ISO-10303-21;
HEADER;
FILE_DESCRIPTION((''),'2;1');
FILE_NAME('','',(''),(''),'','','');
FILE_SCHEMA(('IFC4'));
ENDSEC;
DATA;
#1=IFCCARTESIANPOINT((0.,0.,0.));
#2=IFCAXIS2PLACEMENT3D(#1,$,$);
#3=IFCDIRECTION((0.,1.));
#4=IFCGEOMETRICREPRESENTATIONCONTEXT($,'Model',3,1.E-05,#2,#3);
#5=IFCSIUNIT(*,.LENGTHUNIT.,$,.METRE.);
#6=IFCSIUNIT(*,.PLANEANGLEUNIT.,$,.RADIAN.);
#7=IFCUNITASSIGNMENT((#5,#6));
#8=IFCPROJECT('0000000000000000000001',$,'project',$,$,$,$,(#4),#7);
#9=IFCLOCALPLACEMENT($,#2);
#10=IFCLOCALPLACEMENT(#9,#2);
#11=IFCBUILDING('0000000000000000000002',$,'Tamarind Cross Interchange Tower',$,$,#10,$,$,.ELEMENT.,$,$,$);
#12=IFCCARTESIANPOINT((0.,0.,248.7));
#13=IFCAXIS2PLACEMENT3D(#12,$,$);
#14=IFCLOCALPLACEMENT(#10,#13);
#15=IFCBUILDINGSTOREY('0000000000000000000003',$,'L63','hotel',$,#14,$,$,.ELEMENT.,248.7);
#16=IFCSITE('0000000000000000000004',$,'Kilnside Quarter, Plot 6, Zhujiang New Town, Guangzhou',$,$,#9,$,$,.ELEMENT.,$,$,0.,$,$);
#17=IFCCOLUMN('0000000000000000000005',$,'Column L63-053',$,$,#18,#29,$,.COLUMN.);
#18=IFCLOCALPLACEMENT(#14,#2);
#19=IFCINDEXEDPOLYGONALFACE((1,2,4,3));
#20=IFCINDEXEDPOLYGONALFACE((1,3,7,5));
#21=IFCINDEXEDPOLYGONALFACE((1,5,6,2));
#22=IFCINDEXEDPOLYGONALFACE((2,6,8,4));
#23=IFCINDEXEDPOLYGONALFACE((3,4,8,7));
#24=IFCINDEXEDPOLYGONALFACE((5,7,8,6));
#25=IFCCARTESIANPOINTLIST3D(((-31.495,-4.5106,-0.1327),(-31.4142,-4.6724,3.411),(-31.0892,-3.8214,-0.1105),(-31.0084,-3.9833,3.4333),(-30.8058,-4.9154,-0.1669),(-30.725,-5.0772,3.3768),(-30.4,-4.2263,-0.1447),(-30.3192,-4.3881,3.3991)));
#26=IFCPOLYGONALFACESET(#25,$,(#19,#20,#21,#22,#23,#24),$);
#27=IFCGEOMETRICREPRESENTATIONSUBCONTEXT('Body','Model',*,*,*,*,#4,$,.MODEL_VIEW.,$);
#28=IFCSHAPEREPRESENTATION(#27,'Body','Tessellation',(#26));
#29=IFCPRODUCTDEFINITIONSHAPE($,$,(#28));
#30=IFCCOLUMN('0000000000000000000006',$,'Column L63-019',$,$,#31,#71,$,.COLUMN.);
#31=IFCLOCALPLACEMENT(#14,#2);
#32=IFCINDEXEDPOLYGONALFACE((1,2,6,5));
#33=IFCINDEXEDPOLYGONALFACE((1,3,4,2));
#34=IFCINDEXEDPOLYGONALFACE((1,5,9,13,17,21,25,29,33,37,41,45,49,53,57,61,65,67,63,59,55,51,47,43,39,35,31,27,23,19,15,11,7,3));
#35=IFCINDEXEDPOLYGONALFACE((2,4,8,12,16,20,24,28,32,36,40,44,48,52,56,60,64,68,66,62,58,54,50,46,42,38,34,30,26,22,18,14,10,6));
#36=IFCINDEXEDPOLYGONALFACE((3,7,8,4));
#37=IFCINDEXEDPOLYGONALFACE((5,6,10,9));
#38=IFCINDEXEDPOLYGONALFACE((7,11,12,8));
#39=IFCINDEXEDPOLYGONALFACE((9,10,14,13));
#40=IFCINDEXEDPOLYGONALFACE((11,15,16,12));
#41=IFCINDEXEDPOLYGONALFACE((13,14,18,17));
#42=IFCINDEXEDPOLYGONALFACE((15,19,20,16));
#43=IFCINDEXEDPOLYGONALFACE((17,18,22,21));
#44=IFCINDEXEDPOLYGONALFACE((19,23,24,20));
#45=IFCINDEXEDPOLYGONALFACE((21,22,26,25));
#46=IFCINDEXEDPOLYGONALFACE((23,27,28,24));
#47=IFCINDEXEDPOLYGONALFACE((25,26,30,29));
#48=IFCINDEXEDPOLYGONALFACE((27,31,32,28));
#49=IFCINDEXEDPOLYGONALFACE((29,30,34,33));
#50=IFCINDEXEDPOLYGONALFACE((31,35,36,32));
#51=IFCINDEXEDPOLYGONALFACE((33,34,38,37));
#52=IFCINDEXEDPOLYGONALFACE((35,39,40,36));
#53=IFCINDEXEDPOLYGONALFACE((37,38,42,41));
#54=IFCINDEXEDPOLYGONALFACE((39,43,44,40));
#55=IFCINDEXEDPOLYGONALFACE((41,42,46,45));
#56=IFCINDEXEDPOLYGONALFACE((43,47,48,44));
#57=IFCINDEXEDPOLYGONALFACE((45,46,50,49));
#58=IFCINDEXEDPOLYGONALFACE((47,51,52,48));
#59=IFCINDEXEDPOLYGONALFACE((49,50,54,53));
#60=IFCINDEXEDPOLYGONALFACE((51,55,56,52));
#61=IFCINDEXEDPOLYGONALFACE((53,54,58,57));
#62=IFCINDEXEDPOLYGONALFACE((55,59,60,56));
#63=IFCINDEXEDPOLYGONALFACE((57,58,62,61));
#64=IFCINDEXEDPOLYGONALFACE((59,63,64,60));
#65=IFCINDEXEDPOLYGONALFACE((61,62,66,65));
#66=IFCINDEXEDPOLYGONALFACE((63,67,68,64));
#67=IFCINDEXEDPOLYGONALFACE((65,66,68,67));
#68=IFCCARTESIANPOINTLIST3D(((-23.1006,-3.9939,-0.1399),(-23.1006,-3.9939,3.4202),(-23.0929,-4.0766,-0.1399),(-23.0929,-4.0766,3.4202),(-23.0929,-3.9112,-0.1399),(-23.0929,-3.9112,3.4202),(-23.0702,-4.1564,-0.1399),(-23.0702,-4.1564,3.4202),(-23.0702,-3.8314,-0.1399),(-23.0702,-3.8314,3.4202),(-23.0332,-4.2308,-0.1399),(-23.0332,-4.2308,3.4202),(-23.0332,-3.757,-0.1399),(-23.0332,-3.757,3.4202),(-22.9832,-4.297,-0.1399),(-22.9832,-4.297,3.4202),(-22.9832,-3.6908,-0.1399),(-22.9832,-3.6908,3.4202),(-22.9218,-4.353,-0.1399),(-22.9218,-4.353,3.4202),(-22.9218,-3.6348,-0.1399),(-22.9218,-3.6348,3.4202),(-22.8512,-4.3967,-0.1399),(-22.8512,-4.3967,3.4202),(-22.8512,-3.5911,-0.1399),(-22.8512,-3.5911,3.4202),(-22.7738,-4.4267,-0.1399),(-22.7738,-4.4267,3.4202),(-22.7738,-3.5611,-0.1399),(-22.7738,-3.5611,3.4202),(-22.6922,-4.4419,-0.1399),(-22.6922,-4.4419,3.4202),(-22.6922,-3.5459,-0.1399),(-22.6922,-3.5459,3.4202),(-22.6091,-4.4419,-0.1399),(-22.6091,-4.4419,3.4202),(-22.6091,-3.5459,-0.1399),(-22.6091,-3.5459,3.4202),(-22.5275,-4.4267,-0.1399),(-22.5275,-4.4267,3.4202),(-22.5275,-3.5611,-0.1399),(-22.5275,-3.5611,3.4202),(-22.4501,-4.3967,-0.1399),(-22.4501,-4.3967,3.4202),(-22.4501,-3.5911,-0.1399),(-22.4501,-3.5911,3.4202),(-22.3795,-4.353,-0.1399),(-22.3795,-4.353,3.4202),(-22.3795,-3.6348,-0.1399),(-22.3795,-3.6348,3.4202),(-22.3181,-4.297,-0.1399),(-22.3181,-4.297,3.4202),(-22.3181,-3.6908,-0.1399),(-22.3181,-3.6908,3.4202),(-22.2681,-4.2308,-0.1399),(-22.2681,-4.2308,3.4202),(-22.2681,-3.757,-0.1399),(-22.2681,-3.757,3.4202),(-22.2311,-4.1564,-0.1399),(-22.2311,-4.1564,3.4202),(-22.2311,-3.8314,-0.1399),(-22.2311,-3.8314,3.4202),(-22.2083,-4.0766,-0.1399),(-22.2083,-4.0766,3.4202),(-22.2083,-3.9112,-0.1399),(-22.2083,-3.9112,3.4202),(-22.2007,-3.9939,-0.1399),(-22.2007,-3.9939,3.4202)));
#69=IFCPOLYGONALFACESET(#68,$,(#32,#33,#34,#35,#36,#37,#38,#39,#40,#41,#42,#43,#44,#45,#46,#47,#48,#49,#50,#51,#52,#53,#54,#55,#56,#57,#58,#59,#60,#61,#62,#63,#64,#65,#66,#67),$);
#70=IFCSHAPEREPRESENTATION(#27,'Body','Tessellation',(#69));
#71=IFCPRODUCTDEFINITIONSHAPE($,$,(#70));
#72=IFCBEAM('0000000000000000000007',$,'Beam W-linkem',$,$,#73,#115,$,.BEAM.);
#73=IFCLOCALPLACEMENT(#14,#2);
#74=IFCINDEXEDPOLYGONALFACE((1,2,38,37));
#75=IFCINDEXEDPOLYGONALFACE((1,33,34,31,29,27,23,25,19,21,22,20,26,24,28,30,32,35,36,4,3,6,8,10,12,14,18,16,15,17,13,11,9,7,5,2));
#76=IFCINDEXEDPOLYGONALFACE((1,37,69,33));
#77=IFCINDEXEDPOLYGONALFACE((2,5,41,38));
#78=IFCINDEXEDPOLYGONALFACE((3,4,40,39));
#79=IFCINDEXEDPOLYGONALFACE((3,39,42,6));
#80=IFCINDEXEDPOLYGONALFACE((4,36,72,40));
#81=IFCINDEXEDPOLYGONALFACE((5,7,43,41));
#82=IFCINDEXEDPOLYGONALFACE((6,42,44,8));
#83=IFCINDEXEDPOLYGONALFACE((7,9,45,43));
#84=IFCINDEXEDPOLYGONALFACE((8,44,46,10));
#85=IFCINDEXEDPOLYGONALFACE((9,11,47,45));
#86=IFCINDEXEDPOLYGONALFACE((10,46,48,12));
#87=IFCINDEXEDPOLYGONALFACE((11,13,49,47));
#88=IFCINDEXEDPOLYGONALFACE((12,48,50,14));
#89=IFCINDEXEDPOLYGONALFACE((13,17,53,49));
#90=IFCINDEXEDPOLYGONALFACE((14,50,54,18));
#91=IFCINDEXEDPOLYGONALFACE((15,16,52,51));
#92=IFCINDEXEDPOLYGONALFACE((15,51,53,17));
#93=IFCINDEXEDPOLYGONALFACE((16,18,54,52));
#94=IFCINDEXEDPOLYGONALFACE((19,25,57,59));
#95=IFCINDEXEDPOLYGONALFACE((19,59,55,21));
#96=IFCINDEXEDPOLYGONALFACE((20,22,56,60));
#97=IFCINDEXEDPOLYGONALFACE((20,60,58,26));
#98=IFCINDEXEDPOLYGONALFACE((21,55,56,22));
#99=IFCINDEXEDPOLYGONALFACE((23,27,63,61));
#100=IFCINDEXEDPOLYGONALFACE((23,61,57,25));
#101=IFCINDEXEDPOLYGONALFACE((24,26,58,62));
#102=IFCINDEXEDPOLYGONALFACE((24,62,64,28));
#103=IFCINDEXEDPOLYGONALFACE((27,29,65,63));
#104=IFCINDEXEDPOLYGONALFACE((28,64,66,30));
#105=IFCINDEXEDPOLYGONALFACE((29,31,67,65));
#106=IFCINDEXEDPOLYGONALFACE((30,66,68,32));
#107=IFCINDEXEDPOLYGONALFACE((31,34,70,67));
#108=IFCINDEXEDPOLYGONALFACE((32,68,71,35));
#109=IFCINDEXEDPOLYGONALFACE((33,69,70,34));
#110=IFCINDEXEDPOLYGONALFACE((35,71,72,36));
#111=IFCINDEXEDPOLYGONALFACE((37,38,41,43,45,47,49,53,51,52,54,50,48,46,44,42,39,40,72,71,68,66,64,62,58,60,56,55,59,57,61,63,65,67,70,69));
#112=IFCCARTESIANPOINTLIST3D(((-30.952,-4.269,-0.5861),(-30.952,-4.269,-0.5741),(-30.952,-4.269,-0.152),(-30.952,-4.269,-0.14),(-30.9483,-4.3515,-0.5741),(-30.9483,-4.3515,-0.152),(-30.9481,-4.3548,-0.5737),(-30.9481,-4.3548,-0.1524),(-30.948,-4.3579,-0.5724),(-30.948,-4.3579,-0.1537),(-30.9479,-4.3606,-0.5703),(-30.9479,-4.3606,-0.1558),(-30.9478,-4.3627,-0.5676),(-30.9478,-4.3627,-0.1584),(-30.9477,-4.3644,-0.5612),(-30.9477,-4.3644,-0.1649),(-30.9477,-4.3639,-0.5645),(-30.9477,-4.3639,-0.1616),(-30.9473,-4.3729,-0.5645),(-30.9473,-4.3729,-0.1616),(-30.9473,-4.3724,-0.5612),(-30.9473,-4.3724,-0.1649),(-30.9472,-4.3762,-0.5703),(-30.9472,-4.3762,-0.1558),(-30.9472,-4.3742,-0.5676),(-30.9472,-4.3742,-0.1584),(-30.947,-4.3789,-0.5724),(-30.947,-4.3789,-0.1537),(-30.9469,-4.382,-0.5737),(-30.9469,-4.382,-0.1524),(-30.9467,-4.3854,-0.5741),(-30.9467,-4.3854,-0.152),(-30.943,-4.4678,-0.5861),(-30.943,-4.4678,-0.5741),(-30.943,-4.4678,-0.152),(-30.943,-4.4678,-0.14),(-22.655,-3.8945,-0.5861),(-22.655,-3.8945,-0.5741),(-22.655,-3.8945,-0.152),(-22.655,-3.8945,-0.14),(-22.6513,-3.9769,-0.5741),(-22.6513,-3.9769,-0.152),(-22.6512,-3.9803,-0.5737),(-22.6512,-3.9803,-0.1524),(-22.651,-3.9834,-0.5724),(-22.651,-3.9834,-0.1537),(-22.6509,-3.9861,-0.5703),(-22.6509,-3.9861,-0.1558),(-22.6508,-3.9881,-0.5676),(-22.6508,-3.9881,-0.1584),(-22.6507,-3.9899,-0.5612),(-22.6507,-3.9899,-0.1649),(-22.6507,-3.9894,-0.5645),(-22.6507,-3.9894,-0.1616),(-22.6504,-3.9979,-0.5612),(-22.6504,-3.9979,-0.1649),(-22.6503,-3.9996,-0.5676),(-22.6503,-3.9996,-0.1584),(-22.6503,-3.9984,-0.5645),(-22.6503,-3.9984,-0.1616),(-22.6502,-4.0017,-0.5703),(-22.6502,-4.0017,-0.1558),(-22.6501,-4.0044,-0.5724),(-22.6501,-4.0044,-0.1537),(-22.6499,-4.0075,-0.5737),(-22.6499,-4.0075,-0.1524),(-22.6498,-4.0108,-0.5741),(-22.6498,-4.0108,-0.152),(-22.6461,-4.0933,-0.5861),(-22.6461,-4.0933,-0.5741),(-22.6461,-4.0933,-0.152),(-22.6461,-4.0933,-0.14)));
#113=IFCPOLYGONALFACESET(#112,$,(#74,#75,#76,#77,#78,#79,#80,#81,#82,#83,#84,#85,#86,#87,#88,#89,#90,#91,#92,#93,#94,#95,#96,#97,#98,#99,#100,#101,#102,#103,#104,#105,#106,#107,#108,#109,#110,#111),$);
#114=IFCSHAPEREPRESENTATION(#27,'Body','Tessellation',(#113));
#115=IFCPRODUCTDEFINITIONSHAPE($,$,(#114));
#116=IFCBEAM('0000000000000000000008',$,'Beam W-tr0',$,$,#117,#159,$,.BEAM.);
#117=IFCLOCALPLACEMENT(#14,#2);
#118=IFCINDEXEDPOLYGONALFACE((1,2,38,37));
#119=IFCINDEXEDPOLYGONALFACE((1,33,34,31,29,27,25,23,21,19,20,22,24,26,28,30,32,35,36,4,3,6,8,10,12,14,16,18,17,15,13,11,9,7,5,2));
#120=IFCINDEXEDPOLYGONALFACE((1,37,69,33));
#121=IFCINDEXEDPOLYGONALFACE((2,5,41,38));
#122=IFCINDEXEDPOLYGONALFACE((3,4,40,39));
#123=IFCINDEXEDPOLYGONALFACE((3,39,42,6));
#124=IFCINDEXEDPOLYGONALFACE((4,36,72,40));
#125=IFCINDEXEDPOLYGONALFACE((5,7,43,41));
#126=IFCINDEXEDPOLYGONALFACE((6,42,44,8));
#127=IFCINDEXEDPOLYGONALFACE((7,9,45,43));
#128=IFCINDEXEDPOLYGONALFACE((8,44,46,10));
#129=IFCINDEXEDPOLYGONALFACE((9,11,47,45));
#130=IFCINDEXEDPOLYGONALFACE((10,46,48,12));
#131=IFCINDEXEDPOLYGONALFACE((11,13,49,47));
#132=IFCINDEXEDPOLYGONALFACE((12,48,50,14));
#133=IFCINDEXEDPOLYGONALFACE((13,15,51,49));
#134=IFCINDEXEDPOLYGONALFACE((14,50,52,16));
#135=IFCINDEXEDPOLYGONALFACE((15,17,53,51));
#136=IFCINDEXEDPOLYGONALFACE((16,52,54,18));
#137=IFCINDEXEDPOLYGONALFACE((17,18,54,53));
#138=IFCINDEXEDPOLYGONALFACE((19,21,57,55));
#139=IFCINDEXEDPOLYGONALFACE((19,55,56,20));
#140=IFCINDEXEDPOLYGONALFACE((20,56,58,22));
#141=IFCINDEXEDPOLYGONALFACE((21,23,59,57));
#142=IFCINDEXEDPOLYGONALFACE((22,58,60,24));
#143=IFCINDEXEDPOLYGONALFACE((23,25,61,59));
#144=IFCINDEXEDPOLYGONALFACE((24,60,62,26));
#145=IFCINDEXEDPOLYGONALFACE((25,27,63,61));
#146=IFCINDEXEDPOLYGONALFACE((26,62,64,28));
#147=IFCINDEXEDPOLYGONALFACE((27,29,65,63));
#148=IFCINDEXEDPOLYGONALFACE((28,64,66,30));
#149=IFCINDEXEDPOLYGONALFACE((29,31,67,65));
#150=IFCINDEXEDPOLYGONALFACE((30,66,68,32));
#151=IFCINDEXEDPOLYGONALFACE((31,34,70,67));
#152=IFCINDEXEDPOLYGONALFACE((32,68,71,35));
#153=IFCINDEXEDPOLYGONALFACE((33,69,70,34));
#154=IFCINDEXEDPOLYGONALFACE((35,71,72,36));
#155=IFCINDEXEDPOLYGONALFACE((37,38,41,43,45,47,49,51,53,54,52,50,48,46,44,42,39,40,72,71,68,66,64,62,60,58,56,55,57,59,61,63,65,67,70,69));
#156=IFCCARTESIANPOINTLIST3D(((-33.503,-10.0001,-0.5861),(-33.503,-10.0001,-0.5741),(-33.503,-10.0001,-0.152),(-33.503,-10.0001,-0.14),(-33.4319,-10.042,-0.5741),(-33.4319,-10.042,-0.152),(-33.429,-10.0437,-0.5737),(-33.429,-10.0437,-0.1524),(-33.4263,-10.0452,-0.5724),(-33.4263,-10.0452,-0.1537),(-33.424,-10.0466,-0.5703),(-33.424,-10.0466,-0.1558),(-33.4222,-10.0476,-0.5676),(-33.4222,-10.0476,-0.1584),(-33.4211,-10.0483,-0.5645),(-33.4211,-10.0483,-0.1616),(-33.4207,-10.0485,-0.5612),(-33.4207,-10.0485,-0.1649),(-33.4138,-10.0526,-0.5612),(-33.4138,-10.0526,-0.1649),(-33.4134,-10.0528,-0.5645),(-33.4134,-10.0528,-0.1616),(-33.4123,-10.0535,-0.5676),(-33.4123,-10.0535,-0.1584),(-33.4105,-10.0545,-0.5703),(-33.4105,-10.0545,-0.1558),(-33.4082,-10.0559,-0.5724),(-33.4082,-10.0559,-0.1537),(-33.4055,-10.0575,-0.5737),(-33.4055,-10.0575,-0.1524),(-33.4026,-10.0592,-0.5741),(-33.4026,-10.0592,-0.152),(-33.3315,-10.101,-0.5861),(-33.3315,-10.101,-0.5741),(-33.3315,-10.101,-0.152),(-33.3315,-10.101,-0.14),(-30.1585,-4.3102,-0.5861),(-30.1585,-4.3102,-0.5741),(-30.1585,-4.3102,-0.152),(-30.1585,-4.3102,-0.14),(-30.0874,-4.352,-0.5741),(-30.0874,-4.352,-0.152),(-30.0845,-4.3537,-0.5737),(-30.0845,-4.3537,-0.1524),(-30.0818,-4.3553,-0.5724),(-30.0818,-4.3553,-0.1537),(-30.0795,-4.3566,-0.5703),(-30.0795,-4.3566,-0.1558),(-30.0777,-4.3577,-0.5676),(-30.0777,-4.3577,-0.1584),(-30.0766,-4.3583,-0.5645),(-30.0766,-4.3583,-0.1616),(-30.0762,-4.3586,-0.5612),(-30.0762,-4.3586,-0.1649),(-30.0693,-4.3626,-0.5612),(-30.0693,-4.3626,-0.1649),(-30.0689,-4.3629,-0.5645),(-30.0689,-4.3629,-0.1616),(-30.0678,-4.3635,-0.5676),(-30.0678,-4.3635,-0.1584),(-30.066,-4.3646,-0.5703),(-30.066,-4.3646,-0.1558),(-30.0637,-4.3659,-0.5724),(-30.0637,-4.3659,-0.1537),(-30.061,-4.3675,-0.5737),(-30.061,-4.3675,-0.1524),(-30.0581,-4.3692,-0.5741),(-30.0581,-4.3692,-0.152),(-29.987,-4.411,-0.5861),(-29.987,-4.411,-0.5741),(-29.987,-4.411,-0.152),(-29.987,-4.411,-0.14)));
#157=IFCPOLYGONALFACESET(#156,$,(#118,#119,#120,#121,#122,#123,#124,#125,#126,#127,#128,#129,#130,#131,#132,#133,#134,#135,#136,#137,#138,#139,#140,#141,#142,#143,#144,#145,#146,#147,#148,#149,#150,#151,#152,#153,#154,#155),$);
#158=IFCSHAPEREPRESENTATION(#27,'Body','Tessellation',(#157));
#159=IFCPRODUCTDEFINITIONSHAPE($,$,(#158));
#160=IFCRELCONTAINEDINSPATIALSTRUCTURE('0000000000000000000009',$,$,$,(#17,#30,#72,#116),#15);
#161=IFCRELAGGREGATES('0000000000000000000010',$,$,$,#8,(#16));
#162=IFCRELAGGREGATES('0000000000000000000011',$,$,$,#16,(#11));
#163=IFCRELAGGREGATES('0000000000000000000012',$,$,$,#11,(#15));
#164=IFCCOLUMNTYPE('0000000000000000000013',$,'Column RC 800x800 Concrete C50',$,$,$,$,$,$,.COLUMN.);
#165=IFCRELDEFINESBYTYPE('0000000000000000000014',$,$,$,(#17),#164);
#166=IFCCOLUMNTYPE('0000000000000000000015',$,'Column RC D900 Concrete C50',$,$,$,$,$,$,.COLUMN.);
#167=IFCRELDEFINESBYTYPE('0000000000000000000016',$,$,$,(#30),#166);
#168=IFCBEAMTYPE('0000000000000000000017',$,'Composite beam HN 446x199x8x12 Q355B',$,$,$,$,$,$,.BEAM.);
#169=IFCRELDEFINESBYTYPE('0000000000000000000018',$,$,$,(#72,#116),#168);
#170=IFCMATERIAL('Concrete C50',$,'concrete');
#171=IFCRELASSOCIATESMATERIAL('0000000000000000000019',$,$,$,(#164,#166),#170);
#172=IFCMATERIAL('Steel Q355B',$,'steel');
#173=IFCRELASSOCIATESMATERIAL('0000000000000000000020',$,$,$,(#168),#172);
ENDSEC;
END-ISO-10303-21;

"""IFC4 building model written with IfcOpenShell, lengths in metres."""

from ifc_helpers import new_model, si_unit, direction, frame, origin, origin_2d, place, context, subcontext, project, spatial, rectangle, circle, i_section, extrude, material, material_profile, profile_set, type_object, element, save


model = new_model("IFC4")

# Units and contexts
model_context = context("Model", 3, precision=1e-05, world=origin(), true_north=direction((0.0, 1.0)))
body_context = subcontext(model_context, "Body", "Model", "MODEL_VIEW")
ifc_project = project(units=[si_unit("LENGTHUNIT", "METRE"), si_unit("PLANEANGLEUNIT", "RADIAN")], contexts=[model_context])

# Site, building, storey
site_placement = place(None, origin())
site = spatial("IfcSite", under=ifc_project, at=site_placement, Name="Kilnside Quarter, Plot 6, Zhujiang New Town, Guangzhou", CompositionType="ELEMENT", RefElevation=0.0)
building_placement = place(site_placement, origin())
building = spatial("IfcBuilding", under=site, at=building_placement, Name="Tamarind Cross Interchange Tower", CompositionType="ELEMENT")
storey_placement = place(building_placement, frame((0.0, 0.0, 248.7)))
storey = spatial("IfcBuildingStorey", under=building, at=storey_placement, Name="L63", Description="hotel", CompositionType="ELEMENT", Elevation=248.7)

# Columns
ifc_material_1 = material(Name="Concrete C50", Category="concrete")
ifc_material_profile_1 = material_profile(ifc_material_1, rectangle(XDim=0.8, YDim=0.8, at=origin_2d()), Name="RC 800x800")
ifc_profile_set_1 = profile_set([ifc_material_profile_1], Name="Concrete C50")
column_type_1 = type_object("IfcColumnType", Name="Column RC 800x800 Concrete C50", PredefinedType="COLUMN", material=ifc_profile_set_1)
column_1_placement = place(storey_placement, frame((-30.9475, -4.3684, -0.1387), z_axis=(0.022774, -0.045617, 0.998699), x_axis=(0.507275, 0.861336, 0.027775)))
element("IfcColumn", 1, at=column_1_placement, inside=storey, type_object=column_type_1, Name="Column L63-053", PredefinedType="COLUMN", context=body_context, shape_type="SweptSolid", body=[
    extrude(rectangle(XDim=0.8, YDim=0.8, at=origin_2d()), origin(), (0.0, 0.0, 1.0), 3.5483),
])
ifc_material_profile_2 = material_profile(ifc_material_1, circle(Radius=0.45, at=origin_2d()), Name="RC D900")
ifc_profile_set_2 = profile_set([ifc_material_profile_2], Name="Concrete C50")
column_type_2 = type_object("IfcColumnType", Name="Column RC D900 Concrete C50", PredefinedType="COLUMN", material=ifc_profile_set_2)
column_2_placement = place(storey_placement, frame((-22.6506, -3.9939, -0.1399), z_axis=(0.0, 0.0, 1.0), x_axis=(1.0, 0.0, 0.0)))
element("IfcColumn", 2, at=column_2_placement, inside=storey, type_object=column_type_2, Name="Column L63-019", PredefinedType="COLUMN", context=body_context, shape_type="SweptSolid", body=[
    extrude(circle(Radius=0.45, at=origin_2d()), origin(), (0.0, 0.0, 1.0), 3.5601),
])

# Beams
ifc_material_2 = material(Name="Steel Q355B", Category="steel")
ifc_material_profile_3 = material_profile(ifc_material_2, i_section(OverallWidth=0.199, OverallDepth=0.446, WebThickness=0.0081, FlangeThickness=0.012, FilletRadius=0.0129, at=origin_2d()), Name="HN 446x199x8x12")
ifc_profile_set_3 = profile_set([ifc_material_profile_3], Name="Steel Q355B")
beam_type_1 = type_object("IfcBeamType", Name="Composite beam HN 446x199x8x12 Q355B", PredefinedType="BEAM", material=ifc_profile_set_3)
beam_1_placement = place(storey_placement, frame((-30.9475, -4.3684, -0.363), z_axis=(0.998983, 0.045093, 0.0), x_axis=(-0.045093, 0.998983, 0.0)))
element("IfcBeam", 3, at=beam_1_placement, inside=storey, type_object=beam_type_1, Name="Beam W-linkem", PredefinedType="BEAM", context=body_context, shape_type="SweptSolid", body=[
    extrude(i_section(OverallWidth=0.199, OverallDepth=0.446, WebThickness=0.0081, FlangeThickness=0.012, FilletRadius=0.0129, at=origin_2d()), origin(), (0.0, 0.0, 1.0), 8.3054),
])
for number, where, z_axis, x_axis, name in (
    (4, (-30.0728, -4.3606, -0.363), (-0.506734, -0.862102, 0.0), (0.862102, -0.506734, 0.0), "Beam W-tr0"),
):
    element("IfcBeam", number, at=place(storey_placement, frame(where, z_axis=z_axis, x_axis=x_axis)), inside=storey, type_object=beam_type_1, Name=name, PredefinedType="BEAM", context=body_context, shape_type="SweptSolid", body=[
        extrude(i_section(OverallWidth=0.199, OverallDepth=0.446, WebThickness=0.0081, FlangeThickness=0.012, FilletRadius=0.0129, at=origin_2d()), origin(), (0.0, 0.0, 1.0), 6.6001),
    ])

save(model, "model.ifc")
